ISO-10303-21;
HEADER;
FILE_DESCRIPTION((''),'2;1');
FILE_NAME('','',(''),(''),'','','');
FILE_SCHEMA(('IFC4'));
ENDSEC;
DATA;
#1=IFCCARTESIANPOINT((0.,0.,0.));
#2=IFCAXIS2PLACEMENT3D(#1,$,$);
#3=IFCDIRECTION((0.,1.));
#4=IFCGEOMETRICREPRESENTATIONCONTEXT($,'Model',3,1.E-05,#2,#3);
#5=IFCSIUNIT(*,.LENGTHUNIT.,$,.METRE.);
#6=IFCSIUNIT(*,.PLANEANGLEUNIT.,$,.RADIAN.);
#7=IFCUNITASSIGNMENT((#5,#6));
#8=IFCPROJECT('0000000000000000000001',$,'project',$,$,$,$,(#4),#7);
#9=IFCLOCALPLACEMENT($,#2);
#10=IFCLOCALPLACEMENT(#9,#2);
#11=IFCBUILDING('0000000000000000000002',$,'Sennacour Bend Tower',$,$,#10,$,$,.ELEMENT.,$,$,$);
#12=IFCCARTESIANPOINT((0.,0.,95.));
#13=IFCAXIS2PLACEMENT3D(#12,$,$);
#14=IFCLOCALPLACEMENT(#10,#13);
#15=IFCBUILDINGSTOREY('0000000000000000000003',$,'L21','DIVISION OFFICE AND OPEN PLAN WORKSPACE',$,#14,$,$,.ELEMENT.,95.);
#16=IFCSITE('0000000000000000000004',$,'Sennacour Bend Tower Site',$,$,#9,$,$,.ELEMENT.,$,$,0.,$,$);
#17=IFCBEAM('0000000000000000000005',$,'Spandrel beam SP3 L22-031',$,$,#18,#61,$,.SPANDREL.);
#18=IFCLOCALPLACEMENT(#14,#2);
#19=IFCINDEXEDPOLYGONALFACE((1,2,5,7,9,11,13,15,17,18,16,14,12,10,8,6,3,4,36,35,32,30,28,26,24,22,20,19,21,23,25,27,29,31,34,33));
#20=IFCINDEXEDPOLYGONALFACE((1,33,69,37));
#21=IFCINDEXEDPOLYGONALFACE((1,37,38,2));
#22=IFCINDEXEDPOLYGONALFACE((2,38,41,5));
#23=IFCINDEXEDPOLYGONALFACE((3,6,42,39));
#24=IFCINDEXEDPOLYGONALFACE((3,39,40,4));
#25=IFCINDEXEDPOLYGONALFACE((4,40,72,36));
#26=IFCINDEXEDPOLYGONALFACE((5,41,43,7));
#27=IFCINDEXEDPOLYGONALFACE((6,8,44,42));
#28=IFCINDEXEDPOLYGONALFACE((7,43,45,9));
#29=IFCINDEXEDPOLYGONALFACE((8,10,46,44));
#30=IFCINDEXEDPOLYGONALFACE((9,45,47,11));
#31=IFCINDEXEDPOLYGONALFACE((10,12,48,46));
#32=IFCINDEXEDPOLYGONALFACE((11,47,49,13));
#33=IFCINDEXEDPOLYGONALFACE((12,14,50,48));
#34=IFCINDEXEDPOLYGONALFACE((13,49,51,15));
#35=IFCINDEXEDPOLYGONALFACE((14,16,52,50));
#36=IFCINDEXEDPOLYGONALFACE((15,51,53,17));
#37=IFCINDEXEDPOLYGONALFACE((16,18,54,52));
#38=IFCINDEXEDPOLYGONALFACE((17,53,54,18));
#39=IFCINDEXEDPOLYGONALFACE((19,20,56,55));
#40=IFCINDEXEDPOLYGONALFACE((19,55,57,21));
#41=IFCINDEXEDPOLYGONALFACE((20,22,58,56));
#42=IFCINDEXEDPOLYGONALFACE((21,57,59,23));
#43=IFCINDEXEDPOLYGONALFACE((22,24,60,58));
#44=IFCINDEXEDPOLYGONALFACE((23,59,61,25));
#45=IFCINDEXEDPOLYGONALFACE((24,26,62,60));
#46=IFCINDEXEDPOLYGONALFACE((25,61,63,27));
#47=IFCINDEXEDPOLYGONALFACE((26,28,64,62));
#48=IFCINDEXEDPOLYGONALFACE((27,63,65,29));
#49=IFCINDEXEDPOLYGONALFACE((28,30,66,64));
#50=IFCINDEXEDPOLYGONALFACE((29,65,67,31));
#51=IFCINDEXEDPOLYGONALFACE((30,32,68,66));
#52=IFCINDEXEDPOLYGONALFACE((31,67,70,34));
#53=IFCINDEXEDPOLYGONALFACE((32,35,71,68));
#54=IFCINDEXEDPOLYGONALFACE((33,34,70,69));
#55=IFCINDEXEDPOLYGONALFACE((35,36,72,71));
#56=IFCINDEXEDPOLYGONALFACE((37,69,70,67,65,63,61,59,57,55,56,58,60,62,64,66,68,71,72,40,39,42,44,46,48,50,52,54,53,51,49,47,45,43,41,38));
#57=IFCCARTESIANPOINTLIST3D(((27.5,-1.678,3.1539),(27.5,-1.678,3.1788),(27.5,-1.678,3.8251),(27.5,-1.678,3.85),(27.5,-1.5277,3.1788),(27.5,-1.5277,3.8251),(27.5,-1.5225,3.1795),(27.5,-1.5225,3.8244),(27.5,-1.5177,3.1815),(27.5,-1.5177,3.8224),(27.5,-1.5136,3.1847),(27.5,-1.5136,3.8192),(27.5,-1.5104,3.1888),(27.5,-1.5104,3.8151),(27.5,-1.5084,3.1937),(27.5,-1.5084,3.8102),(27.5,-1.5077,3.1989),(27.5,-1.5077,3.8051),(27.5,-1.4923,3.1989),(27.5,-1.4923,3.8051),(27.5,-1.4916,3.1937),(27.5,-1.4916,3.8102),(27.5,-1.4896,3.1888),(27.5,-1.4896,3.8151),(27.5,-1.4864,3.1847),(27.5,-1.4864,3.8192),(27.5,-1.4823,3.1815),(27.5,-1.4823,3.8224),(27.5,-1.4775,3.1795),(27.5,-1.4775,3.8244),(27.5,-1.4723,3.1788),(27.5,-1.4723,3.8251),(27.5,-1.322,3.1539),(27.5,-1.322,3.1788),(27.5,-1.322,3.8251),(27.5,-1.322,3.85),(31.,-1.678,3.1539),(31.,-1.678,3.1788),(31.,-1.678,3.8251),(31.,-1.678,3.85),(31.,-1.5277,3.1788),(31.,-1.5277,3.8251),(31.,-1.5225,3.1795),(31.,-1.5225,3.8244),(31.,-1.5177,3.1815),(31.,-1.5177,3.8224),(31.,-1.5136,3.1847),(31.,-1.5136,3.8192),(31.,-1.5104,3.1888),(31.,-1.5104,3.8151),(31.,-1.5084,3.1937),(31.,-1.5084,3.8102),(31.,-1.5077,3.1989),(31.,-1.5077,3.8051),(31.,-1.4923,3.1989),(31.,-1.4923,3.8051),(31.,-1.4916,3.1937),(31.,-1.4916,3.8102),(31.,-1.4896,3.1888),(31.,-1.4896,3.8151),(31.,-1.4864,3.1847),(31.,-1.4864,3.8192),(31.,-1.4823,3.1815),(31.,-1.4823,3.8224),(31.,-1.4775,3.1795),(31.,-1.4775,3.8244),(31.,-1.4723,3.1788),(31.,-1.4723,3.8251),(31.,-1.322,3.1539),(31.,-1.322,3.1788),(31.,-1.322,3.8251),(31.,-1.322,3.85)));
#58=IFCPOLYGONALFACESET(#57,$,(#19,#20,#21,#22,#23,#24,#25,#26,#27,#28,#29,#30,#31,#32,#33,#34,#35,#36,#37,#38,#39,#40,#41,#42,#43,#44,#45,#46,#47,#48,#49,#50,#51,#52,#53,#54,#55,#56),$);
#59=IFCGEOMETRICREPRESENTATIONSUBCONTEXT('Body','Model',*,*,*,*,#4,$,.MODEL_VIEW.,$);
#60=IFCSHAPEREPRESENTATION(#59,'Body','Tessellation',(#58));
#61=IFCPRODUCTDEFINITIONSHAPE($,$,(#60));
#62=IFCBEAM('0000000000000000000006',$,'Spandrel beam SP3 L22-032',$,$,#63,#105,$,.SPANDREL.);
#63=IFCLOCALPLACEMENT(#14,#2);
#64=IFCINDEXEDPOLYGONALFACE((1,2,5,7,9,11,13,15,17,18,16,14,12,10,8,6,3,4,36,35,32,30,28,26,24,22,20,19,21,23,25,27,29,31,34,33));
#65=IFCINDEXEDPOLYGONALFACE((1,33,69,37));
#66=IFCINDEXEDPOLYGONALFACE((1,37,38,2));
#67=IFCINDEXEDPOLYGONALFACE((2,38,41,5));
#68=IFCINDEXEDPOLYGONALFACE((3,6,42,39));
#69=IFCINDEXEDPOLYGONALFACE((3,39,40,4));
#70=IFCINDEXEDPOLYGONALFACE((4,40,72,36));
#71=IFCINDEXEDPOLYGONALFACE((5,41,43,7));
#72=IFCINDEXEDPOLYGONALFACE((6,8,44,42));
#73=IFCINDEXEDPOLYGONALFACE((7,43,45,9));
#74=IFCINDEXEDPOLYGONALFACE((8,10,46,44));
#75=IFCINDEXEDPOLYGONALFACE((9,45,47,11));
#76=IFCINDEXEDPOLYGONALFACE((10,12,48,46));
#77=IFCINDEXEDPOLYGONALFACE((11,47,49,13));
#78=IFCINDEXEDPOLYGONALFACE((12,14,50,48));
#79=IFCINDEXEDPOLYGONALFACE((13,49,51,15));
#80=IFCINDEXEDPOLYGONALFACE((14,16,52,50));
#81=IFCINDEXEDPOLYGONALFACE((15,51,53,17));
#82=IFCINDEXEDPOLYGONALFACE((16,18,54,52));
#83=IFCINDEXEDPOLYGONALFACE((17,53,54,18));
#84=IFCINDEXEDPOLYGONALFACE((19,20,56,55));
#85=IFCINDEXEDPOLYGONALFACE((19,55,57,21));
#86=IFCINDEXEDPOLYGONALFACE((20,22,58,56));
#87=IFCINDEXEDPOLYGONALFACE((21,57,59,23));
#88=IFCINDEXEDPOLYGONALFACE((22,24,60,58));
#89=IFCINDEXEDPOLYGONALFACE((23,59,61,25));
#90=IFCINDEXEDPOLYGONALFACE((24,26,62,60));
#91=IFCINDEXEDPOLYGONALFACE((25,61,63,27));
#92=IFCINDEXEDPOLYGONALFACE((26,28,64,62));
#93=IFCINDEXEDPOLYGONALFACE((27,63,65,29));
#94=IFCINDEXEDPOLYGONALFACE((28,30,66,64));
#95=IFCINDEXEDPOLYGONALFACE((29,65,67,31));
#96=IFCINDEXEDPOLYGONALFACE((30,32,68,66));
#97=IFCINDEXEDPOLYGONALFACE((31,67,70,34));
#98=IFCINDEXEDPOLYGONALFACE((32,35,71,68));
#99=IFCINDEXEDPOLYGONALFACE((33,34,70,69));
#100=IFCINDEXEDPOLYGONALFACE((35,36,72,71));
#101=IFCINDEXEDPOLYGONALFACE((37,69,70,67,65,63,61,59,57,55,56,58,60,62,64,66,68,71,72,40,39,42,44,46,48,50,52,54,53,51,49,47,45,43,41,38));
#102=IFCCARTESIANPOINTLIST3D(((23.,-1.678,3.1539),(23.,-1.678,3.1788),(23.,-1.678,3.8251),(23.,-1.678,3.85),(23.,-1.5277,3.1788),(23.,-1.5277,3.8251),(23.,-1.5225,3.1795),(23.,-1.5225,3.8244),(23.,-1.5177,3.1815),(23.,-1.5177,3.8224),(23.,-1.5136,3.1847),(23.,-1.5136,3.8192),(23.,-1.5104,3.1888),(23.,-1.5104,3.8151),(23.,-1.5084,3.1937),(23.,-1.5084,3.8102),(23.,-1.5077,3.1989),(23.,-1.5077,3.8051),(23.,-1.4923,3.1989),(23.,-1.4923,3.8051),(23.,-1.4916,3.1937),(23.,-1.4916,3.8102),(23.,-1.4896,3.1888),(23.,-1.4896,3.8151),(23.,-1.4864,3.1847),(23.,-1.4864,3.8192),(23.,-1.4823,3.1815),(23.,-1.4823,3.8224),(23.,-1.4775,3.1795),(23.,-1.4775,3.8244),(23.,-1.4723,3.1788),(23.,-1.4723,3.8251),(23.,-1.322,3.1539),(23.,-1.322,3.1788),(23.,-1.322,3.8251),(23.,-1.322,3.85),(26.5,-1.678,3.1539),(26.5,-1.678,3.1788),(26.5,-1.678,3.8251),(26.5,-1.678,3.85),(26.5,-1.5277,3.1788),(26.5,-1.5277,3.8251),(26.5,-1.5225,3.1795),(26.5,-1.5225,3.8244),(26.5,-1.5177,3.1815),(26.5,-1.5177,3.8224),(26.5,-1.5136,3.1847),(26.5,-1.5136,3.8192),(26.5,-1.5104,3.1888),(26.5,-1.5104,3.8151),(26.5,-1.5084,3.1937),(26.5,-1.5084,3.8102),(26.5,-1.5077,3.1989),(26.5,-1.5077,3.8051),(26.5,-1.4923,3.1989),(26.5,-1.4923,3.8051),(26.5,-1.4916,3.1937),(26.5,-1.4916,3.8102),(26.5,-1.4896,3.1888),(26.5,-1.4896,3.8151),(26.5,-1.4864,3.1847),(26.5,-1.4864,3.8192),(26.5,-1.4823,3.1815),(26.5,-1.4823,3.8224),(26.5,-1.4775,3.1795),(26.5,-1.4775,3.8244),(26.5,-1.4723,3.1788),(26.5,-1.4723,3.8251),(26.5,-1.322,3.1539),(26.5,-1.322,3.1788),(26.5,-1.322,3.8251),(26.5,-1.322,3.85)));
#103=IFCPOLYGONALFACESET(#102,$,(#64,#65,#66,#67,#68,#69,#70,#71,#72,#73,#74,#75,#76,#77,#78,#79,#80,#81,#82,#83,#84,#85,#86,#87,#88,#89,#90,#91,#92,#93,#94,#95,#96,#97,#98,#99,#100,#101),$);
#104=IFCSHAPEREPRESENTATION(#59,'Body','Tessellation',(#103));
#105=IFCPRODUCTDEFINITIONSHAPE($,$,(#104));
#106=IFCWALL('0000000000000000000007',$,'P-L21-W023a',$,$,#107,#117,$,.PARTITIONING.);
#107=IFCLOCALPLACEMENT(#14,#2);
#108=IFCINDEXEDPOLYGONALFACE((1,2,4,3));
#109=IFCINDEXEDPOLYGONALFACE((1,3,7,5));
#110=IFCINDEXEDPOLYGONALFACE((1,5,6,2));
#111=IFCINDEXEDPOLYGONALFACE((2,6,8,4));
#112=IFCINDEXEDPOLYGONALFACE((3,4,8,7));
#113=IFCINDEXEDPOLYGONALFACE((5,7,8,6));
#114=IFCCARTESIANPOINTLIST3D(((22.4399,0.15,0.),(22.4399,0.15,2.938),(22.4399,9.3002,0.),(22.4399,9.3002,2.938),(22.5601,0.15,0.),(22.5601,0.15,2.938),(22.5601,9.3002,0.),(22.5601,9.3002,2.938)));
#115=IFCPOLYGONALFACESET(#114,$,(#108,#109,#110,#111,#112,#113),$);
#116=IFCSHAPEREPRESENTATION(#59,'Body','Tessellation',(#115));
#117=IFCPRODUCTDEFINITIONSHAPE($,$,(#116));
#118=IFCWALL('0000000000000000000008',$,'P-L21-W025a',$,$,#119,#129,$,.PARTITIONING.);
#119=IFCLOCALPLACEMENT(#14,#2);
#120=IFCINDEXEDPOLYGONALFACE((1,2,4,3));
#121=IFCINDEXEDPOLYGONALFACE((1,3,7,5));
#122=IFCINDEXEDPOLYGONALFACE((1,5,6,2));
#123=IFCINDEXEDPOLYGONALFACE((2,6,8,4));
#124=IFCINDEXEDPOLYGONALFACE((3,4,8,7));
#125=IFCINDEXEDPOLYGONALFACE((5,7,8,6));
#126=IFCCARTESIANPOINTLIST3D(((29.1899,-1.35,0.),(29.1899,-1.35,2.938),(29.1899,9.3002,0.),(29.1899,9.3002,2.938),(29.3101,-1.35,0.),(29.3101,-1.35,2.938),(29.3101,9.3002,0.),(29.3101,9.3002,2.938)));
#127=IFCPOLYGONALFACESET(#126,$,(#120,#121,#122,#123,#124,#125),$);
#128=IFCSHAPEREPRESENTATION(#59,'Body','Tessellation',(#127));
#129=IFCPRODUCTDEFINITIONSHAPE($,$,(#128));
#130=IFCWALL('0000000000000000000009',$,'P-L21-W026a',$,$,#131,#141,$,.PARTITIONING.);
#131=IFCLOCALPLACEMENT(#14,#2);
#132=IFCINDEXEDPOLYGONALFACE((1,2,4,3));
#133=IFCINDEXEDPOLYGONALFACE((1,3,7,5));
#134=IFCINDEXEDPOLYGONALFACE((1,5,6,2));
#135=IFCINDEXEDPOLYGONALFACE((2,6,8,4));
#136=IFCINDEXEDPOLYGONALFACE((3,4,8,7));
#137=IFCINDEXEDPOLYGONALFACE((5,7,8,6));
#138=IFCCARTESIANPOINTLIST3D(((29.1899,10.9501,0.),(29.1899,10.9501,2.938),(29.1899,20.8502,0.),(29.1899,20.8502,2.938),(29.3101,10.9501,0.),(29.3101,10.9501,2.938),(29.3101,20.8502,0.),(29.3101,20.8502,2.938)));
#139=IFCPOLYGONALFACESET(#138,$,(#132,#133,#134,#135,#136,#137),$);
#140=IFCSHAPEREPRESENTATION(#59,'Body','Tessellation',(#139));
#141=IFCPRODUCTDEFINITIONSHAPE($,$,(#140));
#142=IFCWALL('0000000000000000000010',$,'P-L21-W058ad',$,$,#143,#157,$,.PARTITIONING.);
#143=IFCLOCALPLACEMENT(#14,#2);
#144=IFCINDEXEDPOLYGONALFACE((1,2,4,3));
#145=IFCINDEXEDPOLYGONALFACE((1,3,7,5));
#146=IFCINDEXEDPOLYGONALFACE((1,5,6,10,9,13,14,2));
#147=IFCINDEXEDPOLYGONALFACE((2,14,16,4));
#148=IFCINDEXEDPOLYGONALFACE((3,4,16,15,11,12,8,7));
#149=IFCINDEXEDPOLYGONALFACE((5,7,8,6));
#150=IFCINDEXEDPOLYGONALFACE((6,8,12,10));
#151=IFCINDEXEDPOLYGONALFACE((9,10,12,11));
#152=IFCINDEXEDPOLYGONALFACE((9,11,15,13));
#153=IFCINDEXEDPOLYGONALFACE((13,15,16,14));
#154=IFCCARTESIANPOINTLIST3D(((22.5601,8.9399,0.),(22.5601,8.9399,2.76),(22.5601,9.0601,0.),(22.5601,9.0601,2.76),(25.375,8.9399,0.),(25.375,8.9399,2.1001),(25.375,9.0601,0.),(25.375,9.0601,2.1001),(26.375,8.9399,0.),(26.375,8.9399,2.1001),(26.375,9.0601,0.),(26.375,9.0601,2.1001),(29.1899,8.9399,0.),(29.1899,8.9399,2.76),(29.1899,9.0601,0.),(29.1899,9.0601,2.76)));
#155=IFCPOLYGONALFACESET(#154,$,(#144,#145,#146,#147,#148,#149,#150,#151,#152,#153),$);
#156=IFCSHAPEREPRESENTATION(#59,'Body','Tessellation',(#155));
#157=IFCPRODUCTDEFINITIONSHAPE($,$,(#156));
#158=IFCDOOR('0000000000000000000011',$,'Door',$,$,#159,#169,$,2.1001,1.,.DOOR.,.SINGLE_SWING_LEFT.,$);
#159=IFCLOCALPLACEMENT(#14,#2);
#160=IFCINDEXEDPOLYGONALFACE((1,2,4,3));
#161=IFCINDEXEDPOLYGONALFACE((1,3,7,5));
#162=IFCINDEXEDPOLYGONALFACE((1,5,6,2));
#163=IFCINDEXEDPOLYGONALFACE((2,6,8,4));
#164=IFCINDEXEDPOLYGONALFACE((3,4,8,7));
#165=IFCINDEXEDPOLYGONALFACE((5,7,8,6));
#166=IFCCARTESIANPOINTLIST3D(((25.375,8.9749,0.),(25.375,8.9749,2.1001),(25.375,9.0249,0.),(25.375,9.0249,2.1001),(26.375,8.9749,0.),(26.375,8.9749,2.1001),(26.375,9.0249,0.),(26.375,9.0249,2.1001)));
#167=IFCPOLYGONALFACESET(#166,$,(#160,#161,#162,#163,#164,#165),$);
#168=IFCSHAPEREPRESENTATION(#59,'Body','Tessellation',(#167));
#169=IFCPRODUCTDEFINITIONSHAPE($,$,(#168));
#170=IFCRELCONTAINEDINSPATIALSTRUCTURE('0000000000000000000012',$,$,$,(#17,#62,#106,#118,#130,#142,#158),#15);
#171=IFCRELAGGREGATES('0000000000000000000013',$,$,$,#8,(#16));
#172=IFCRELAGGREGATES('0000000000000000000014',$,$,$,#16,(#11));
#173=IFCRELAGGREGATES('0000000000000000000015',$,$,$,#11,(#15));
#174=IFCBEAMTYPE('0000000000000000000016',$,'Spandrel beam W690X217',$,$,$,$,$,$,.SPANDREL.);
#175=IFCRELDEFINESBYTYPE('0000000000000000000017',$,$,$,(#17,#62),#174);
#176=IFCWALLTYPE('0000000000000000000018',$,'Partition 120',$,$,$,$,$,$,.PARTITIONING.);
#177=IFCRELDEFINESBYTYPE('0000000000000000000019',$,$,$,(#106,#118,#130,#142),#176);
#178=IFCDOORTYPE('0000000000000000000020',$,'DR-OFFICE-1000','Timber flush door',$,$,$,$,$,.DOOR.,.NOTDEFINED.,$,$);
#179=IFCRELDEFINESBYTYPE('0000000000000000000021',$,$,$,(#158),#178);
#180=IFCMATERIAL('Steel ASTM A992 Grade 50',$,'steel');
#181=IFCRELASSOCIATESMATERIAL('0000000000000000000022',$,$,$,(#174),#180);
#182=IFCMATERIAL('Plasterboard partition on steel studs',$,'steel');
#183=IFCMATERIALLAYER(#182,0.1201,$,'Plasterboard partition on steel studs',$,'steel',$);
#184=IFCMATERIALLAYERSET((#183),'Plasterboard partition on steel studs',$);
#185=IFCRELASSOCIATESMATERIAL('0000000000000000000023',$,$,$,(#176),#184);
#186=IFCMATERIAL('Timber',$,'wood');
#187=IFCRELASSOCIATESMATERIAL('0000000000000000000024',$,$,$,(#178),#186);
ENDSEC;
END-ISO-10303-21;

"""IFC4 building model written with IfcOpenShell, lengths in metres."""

from ifc_helpers import new_model, si_unit, direction, frame, frame_2d, origin, origin_2d, place, context, subcontext, project, spatial, rectangle, i_section, extrude, material, layer, layer_set, material_profile, profile_set, type_object, element, fill, save


model = new_model("IFC4")

# Units and contexts
model_context = context("Model", 3, precision=1e-05, world=origin(), true_north=direction((0.0, 1.0)))
body_context = subcontext(model_context, "Body", "Model", "MODEL_VIEW")
ifc_project = project(units=[si_unit("LENGTHUNIT", "METRE"), si_unit("PLANEANGLEUNIT", "RADIAN")], contexts=[model_context])

# Site, building, storey
site_placement = place(None, origin())
site = spatial("IfcSite", under=ifc_project, at=site_placement, Name="Sennacour Bend Tower Site", CompositionType="ELEMENT", RefElevation=0.0)
building_placement = place(site_placement, origin())
building = spatial("IfcBuilding", under=site, at=building_placement, Name="Sennacour Bend Tower", CompositionType="ELEMENT")
storey_placement = place(building_placement, frame((0.0, 0.0, 95.0)))
storey = spatial("IfcBuildingStorey", under=building, at=storey_placement, Name="L21", Description="DIVISION OFFICE AND OPEN PLAN WORKSPACE", CompositionType="ELEMENT", Elevation=95.0)

# Beams
ifc_material_1 = material(Name="Steel ASTM A992 Grade 50", Category="steel")
ifc_material_profile_1 = material_profile(ifc_material_1, i_section(OverallWidth=0.356, OverallDepth=0.696, WebThickness=0.0154, FlangeThickness=0.0249, FilletRadius=0.02, at=origin_2d()), Name="Steel ASTM A992 Grade 50", Category="steel")
ifc_profile_set_1 = profile_set([ifc_material_profile_1], Name="Steel ASTM A992 Grade 50")
beam_type_1 = type_object("IfcBeamType", Name="Spandrel beam W690X217", PredefinedType="SPANDREL", material=ifc_profile_set_1)
for number, where, z_axis, x_axis, name in (
    (1, (31.0, -1.5, 3.502), (-1.0, 0.0, 0.0), (0.0, -1.0, 0.0), "Spandrel beam SP3 L22-031"),
    (2, (26.5, -1.5, 3.502), (-1.0, 0.0, 0.0), (0.0, -1.0, 0.0), "Spandrel beam SP3 L22-032"),
):
    element("IfcBeam", number, at=place(storey_placement, frame(where, z_axis=z_axis, x_axis=x_axis)), inside=storey, type_object=beam_type_1, Name=name, PredefinedType="SPANDREL", context=body_context, shape_type="SweptSolid", body=[
        extrude(i_section(OverallWidth=0.356, OverallDepth=0.696, WebThickness=0.0154, FlangeThickness=0.0249, FilletRadius=0.02, at=origin_2d()), origin(), (0.0, 0.0, 1.0), 3.5),
    ])

# Walls
ifc_material_2 = material(Name="Plasterboard partition on steel studs", Category="steel")
ifc_layer_1 = layer(ifc_material_2, 0.1201, Name="Plasterboard partition on steel studs", Category="steel")
ifc_layer_set_1 = layer_set([ifc_layer_1], Name="Plasterboard partition on steel studs")
wall_type_1 = type_object("IfcWallType", Name="Partition 120", PredefinedType="PARTITIONING", material=ifc_layer_set_1)
wall_1_placement = place(storey_placement, frame((22.5, 0.1499, 0.0), z_axis=(0.0, 0.0, 1.0), x_axis=(0.0, 1.0, 0.0)))
element("IfcWall", 3, at=wall_1_placement, inside=storey, type_object=wall_type_1, Name="P-L21-W023a", PredefinedType="PARTITIONING", context=body_context, shape_type="SweptSolid", body=[
    extrude(rectangle(XDim=9.1501, YDim=0.1201, at=frame_2d((4.5752, 0.0))), origin(), (0.0, 0.0, 1.0), 2.938),
])
wall_2_placement = place(storey_placement, frame((29.25, -1.3501, 0.0), z_axis=(0.0, 0.0, 1.0), x_axis=(0.0, 1.0, 0.0)))
element("IfcWall", 4, at=wall_2_placement, inside=storey, type_object=wall_type_1, Name="P-L21-W025a", PredefinedType="PARTITIONING", context=body_context, shape_type="SweptSolid", body=[
    extrude(rectangle(XDim=10.6501, YDim=0.1201, at=frame_2d((5.3252, 0.0))), origin(), (0.0, 0.0, 1.0), 2.938),
])
wall_3_placement = place(storey_placement, frame((29.25, 10.95, 0.0), z_axis=(0.0, 0.0, 1.0), x_axis=(0.0, 1.0, 0.0)))
element("IfcWall", 5, at=wall_3_placement, inside=storey, type_object=wall_type_1, Name="P-L21-W026a", PredefinedType="PARTITIONING", context=body_context, shape_type="SweptSolid", body=[
    extrude(rectangle(XDim=9.9001, YDim=0.1201, at=frame_2d((4.9502, 0.0))), origin(), (0.0, 0.0, 1.0), 2.938),
])

# Wall, opening, door
wall_4_placement = place(storey_placement, frame((22.5601, 9.0, 0.0), z_axis=(0.0, 0.0, 1.0), x_axis=(1.0, 0.0, 0.0)))
wall_4 = element("IfcWall", 6, at=wall_4_placement, inside=storey, type_object=wall_type_1, Name="P-L21-W058ad", PredefinedType="PARTITIONING", context=body_context, shape_type="SweptSolid", body=[
    extrude(rectangle(XDim=6.6299, YDim=0.1201, at=frame_2d((3.3149, 0.0))), origin(), (0.0, 0.0, 1.0), 2.76),
])
opening_1_placement = place(wall_4_placement, frame((2.8149, 0.0, 0.0)))
opening_1 = element("IfcOpeningElement", 7, at=opening_1_placement, cuts=wall_4, PredefinedType="OPENING", context=body_context, shape_type="SweptSolid", body=[
    extrude(rectangle(XDim=1.0, YDim=2.1001, at=frame_2d((0.5, 1.05))), frame((0.0, 0.0701, 0.0), z_axis=(0.0, -1.0, 0.0), x_axis=(1.0, 0.0, 0.0)), (0.0, 0.0, 1.0), 0.1401),
])
ifc_material_3 = material(Name="Timber", Category="wood")
door_type_1 = type_object("IfcDoorType", Name="DR-OFFICE-1000", Description="Timber flush door", OperationType="NOTDEFINED", PredefinedType="DOOR", material=ifc_material_3)
door_1_placement = place(opening_1_placement, origin())
door_1 = element("IfcDoor", 8, at=door_1_placement, inside=storey, type_object=door_type_1, Name="Door", OperationType="SINGLE_SWING_LEFT", OverallHeight=2.1001, OverallWidth=1.0, PredefinedType="DOOR", context=body_context, shape_type="SweptSolid", body=[
    extrude(rectangle(XDim=1.0, YDim=2.1001, at=frame_2d((0.5, 1.05))), frame((0.0, 0.0249, 0.0), z_axis=(0.0, -1.0, 0.0), x_axis=(1.0, 0.0, 0.0)), (0.0, 0.0, 1.0), 0.05),
])
fill(opening_1, door_1)

save(model, "model.ifc")
